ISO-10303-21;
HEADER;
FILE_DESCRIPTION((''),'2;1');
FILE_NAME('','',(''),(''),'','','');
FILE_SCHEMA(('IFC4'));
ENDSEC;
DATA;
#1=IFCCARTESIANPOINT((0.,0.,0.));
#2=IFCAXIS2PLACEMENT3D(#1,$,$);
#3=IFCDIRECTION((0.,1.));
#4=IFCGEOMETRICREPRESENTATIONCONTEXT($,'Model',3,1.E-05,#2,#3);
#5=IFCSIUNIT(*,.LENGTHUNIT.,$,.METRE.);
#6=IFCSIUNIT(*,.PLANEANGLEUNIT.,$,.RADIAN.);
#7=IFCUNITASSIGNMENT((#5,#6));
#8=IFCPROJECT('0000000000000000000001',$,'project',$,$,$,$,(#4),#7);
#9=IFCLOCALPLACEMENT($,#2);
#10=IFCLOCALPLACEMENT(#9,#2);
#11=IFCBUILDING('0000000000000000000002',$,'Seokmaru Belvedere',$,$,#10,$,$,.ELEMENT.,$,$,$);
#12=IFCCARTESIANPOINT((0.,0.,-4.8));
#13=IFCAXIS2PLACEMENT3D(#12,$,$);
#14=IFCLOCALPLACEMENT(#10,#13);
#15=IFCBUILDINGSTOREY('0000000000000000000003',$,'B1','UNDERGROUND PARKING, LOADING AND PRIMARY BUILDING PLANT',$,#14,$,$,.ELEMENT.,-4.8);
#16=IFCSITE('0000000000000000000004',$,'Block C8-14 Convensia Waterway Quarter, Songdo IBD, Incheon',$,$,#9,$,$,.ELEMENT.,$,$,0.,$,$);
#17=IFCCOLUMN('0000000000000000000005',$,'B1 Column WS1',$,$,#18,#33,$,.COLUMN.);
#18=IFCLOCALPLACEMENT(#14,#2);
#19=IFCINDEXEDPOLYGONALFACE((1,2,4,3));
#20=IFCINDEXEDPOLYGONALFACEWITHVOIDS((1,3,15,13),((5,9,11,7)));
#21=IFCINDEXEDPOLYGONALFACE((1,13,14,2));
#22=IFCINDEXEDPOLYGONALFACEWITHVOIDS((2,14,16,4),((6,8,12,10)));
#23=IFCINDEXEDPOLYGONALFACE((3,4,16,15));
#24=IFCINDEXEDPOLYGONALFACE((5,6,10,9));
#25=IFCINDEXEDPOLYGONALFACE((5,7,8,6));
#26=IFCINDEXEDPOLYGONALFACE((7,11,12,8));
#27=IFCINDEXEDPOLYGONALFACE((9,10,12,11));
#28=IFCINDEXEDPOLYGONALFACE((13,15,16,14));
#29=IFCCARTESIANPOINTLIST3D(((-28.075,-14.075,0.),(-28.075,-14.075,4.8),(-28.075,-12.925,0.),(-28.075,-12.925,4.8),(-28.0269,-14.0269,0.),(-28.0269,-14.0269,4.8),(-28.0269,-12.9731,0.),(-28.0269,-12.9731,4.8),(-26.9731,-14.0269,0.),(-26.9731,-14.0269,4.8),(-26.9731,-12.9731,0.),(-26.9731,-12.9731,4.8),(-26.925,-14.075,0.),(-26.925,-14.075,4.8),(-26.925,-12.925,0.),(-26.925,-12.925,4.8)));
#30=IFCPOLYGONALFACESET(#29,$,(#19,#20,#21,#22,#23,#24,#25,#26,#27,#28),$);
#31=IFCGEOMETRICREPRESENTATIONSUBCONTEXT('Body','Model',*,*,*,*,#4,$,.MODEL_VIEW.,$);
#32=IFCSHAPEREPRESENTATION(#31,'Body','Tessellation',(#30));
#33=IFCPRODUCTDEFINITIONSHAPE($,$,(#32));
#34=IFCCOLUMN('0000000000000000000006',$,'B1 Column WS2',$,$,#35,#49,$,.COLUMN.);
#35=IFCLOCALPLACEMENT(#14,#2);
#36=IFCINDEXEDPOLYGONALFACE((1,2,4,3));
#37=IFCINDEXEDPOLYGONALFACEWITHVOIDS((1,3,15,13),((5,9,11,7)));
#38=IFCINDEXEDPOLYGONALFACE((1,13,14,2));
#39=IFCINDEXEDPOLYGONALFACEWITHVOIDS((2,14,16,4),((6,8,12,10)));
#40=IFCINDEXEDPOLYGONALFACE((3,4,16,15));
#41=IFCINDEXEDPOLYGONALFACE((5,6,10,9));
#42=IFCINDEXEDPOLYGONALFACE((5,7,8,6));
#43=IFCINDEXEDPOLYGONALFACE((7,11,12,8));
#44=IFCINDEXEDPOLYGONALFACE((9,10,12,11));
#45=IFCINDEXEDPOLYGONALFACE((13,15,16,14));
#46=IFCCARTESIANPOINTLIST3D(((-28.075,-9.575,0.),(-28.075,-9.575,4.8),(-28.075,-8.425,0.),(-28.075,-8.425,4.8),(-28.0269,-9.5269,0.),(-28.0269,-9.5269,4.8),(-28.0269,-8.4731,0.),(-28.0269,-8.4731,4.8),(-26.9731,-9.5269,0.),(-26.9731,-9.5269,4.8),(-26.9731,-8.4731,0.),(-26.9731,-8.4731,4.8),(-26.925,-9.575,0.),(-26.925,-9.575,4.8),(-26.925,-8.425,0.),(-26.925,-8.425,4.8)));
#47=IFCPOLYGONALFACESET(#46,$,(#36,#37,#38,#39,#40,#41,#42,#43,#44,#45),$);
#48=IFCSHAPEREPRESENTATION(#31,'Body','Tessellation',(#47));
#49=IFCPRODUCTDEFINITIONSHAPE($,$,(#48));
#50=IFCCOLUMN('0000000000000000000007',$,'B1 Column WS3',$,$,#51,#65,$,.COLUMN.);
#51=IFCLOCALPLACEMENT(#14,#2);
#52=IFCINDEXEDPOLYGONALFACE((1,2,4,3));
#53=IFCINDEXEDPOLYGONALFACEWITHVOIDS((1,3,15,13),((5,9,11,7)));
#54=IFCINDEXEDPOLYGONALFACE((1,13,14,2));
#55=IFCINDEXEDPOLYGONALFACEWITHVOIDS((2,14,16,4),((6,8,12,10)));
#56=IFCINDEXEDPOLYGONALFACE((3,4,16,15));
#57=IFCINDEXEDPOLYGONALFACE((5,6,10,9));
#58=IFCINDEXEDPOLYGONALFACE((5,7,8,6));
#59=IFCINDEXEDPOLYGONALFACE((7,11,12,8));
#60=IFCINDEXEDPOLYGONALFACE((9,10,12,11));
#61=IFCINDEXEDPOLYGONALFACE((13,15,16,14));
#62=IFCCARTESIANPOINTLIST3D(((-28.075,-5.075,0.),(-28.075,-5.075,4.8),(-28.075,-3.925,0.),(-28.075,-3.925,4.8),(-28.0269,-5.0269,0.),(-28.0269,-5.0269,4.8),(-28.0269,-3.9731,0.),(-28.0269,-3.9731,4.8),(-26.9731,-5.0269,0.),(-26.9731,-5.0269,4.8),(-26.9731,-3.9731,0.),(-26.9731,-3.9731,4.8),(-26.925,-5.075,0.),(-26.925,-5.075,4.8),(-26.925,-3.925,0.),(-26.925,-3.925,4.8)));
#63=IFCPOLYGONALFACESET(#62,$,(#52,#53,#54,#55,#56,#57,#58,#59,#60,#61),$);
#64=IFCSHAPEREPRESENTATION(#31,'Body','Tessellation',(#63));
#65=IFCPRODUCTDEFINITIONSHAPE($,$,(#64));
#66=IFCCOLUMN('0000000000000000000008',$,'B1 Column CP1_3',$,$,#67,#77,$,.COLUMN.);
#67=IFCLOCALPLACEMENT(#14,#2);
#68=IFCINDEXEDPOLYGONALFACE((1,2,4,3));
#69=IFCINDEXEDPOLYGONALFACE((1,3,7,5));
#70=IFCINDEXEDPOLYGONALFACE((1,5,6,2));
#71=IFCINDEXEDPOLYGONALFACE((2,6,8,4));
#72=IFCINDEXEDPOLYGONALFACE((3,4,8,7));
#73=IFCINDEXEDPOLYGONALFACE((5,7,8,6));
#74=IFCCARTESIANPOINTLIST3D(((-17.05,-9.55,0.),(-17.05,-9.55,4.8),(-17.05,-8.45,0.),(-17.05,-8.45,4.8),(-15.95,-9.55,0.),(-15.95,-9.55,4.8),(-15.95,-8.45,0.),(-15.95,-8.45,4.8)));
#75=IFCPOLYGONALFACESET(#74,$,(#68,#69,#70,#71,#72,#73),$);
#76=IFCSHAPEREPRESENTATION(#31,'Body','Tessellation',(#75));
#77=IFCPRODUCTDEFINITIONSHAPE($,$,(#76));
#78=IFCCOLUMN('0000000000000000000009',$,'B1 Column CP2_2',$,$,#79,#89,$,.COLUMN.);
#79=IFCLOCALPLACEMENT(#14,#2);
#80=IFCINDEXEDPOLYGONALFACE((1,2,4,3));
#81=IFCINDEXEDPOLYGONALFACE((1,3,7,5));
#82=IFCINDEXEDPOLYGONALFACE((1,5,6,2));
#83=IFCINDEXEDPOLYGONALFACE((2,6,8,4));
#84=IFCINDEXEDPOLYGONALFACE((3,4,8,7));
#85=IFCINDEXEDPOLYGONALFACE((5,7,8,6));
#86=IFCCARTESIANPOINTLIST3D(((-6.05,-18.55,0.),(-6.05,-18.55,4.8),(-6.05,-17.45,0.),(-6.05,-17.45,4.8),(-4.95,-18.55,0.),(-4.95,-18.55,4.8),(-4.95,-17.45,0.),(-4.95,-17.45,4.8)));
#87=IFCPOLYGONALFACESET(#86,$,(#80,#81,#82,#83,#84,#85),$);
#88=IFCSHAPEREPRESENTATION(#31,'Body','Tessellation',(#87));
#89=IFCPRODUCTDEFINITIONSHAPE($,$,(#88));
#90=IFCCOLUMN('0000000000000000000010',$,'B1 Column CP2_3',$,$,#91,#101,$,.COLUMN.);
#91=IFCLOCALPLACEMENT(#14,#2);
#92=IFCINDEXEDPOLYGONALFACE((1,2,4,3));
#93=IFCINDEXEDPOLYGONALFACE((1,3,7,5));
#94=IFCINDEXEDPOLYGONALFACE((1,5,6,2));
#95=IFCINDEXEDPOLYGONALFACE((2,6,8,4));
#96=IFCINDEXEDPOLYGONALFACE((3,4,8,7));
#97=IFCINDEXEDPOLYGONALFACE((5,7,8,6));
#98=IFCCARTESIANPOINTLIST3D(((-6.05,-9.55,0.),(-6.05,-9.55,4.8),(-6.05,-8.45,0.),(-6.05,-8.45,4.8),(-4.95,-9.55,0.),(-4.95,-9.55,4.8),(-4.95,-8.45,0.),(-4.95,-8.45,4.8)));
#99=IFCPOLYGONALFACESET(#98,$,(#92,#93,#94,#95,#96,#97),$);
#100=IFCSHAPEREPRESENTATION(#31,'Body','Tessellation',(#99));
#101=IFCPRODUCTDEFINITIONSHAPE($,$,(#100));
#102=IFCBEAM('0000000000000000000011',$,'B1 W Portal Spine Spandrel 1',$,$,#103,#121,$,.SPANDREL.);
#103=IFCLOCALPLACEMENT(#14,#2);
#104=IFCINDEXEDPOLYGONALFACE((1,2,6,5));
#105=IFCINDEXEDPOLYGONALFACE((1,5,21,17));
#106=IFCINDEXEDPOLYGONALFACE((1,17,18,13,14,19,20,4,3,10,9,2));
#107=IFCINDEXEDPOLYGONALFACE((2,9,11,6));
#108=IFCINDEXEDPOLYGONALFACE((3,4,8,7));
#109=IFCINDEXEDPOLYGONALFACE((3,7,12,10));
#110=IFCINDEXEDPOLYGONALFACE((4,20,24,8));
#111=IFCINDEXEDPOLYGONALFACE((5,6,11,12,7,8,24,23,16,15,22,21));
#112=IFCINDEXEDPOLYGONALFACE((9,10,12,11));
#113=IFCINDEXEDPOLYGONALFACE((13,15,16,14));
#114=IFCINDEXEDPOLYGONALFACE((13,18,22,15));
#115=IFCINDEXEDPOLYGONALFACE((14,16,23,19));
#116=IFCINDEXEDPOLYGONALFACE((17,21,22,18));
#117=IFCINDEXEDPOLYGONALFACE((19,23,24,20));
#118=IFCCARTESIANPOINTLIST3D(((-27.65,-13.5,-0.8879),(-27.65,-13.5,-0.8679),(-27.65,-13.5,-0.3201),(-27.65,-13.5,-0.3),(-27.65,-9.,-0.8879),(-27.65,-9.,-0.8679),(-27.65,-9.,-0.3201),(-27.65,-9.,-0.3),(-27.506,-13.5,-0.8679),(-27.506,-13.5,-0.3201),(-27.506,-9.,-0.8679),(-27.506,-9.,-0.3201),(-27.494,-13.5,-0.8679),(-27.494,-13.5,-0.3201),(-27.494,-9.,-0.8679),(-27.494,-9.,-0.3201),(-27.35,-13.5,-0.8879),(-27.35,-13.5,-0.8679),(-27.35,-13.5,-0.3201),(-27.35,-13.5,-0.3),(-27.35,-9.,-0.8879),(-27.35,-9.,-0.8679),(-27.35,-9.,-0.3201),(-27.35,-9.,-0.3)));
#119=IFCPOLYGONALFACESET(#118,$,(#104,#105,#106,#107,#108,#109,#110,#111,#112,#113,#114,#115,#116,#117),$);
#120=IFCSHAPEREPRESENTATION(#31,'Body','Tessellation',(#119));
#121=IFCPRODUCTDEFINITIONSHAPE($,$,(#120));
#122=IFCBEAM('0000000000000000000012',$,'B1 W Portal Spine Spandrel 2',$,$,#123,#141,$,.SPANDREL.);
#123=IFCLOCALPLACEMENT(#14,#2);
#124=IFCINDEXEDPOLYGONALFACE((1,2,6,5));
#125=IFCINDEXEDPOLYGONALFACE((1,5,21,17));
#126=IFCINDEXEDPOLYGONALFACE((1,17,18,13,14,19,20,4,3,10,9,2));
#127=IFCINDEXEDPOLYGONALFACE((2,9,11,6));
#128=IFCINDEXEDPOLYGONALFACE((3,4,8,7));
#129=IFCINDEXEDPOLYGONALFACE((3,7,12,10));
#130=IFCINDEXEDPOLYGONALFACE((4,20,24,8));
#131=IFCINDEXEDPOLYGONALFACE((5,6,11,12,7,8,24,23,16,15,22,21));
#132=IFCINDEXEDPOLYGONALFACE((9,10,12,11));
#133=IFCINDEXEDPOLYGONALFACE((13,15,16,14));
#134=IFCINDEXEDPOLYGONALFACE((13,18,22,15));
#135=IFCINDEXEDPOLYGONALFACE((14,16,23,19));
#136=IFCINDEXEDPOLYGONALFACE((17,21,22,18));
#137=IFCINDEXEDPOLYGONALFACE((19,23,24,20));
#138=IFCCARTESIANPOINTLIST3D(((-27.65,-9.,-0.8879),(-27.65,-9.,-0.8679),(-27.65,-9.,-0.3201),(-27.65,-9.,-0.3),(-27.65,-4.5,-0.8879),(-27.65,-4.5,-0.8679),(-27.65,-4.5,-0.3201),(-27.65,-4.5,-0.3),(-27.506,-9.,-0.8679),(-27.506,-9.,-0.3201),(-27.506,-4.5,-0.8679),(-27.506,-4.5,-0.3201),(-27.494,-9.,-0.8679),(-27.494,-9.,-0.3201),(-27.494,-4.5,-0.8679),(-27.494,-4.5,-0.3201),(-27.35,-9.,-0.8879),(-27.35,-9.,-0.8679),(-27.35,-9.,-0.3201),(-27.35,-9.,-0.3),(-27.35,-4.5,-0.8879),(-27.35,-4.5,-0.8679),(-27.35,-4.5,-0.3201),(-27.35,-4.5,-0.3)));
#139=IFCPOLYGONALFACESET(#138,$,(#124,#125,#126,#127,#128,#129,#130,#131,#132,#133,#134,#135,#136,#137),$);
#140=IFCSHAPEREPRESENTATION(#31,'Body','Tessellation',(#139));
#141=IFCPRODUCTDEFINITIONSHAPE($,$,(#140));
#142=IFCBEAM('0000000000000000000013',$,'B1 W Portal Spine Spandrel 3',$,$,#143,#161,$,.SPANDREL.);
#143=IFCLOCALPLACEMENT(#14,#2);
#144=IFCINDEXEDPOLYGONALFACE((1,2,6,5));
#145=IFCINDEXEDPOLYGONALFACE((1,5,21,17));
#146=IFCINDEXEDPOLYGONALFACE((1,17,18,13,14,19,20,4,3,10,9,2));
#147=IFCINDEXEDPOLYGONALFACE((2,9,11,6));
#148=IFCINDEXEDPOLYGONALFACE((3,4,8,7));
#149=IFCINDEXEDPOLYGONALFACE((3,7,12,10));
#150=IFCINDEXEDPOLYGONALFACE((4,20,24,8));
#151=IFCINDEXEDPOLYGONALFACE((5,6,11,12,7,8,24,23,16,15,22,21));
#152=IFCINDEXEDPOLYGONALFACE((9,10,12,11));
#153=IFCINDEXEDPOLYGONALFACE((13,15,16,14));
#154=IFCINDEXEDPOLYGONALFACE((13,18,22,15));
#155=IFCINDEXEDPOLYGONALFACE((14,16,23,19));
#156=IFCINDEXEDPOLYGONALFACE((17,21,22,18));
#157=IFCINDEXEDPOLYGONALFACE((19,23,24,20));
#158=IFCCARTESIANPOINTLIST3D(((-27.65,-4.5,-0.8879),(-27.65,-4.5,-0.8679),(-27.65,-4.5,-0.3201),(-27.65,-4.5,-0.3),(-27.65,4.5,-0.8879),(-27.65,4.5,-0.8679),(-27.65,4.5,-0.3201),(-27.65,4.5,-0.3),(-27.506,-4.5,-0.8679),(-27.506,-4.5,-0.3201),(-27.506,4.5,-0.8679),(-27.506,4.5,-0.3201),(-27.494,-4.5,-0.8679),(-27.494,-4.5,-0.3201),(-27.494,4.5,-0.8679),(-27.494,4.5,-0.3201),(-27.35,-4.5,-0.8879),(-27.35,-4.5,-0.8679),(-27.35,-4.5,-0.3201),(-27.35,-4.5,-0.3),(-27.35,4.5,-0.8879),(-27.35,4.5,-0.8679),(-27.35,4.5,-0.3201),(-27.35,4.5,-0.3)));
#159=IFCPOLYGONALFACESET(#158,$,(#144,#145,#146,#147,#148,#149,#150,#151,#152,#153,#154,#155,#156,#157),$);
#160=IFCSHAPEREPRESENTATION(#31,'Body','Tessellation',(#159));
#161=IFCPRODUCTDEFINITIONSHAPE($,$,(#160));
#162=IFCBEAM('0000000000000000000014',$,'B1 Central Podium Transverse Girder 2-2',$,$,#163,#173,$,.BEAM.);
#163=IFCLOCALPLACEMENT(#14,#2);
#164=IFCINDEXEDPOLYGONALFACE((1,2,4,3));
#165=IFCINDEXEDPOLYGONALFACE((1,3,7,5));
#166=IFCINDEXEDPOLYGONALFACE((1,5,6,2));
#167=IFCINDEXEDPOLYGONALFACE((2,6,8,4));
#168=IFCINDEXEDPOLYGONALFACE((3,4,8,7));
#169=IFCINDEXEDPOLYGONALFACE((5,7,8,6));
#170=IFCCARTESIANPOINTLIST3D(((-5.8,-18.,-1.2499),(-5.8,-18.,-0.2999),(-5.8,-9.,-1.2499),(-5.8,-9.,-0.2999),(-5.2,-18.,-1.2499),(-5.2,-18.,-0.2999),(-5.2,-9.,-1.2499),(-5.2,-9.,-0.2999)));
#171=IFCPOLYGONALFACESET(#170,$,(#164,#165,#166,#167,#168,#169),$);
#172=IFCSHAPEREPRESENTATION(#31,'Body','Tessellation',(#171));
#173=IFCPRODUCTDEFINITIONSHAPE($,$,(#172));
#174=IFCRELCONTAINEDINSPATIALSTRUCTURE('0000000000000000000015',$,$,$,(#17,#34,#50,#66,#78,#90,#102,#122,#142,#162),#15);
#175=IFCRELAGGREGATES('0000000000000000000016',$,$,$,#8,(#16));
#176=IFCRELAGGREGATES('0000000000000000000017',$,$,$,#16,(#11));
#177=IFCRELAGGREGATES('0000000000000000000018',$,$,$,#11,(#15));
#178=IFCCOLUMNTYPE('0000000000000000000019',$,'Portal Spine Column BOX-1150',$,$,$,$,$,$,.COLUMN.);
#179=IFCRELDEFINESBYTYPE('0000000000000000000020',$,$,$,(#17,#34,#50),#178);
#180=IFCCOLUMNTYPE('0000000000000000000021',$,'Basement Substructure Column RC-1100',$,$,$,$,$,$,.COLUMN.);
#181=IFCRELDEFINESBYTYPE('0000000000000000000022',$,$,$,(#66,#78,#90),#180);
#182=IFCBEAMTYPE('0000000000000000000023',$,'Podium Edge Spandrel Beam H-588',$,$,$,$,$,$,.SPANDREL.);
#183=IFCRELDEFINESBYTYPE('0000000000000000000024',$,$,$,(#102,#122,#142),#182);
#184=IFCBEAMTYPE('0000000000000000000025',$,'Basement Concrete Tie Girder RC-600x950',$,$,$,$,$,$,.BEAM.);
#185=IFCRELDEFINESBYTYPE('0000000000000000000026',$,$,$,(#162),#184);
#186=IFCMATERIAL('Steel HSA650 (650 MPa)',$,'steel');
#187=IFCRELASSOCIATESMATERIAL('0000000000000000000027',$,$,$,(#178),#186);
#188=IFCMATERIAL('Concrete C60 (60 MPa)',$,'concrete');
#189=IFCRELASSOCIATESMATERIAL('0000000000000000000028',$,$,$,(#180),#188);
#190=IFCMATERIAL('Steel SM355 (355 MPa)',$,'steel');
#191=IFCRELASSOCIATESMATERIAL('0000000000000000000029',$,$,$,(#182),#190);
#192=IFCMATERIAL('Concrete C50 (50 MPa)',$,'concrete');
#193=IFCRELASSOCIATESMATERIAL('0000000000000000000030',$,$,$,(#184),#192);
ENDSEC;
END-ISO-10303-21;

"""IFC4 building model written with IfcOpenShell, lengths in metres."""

from ifc_helpers import new_model, si_unit, direction, frame, origin, origin_2d, place, context, subcontext, project, spatial, rectangle, hollow_rectangle, i_section, extrude, source, transform, mapped, material, material_profile, profile_set, type_object, type_shapes, element, save


model = new_model("IFC4")

# Units and contexts
model_context = context("Model", 3, precision=1e-05, world=origin(), true_north=direction((0.0, 1.0)))
body_context = subcontext(model_context, "Body", "Model", "MODEL_VIEW")
ifc_project = project(units=[si_unit("LENGTHUNIT", "METRE"), si_unit("PLANEANGLEUNIT", "RADIAN")], contexts=[model_context])

# Site, building, storey
site_placement = place(None, origin())
site = spatial("IfcSite", under=ifc_project, at=site_placement, Name="Block C8-14 Convensia Waterway Quarter, Songdo IBD, Incheon", CompositionType="ELEMENT", RefElevation=0.0)
building_placement = place(site_placement, origin())
building = spatial("IfcBuilding", under=site, at=building_placement, Name="Seokmaru Belvedere", CompositionType="ELEMENT")
storey_placement = place(building_placement, frame((0.0, 0.0, -4.8)))
storey = spatial("IfcBuildingStorey", under=building, at=storey_placement, Name="B1", Description="UNDERGROUND PARKING, LOADING AND PRIMARY BUILDING PLANT", CompositionType="ELEMENT", Elevation=-4.8)

# Columns
ifc_material_1 = material(Name="Steel HSA650 (650 MPa)", Category="steel")
ifc_material_profile_1 = material_profile(ifc_material_1, hollow_rectangle(XDim=1.1499, YDim=1.1499, WallThickness=0.0481, at=origin_2d()), Name="BOX-1150x1150x48")
ifc_profile_set_1 = profile_set([ifc_material_profile_1], Name="Steel HSA650 (650 MPa)")
column_type_1 = type_object("IfcColumnType", Name="Portal Spine Column BOX-1150", PredefinedType="COLUMN", material=ifc_profile_set_1)
shared_shape_1 = source(origin(), body_context, "Body", "SweptSolid", [
    extrude(hollow_rectangle(XDim=1.1499, YDim=1.1499, WallThickness=0.0481, at=origin_2d()), origin(), (0.0, 0.0, 1.0), 4.8),
])
type_shapes(column_type_1, [shared_shape_1])
for number, where, z_axis, x_axis, name in (
    (1, (-27.5, -13.5, 0.0), (0.0, 0.0, 1.0), (1.0, 0.0, 0.0), "B1 Column WS1"),
    (2, (-27.5, -9.0, 0.0), (0.0, 0.0, 1.0), (1.0, 0.0, 0.0), "B1 Column WS2"),
    (3, (-27.5, -4.5, 0.0), (0.0, 0.0, 1.0), (1.0, 0.0, 0.0), "B1 Column WS3"),
):
    element("IfcColumn", number, at=place(storey_placement, frame(where, z_axis=z_axis, x_axis=x_axis)), inside=storey, type_object=column_type_1, Name=name, PredefinedType="COLUMN", context=body_context, shape_type="MappedRepresentation", body=[
        mapped(shared_shape_1, transform((0.0, 0.0, 0.0), scale=1.0)),
    ])
ifc_material_2 = material(Name="Concrete C60 (60 MPa)", Category="concrete")
ifc_material_profile_2 = material_profile(ifc_material_2, rectangle(XDim=1.1001, YDim=1.1001, at=origin_2d()), Name="RC-1100x1100")
ifc_profile_set_2 = profile_set([ifc_material_profile_2], Name="Concrete C60 (60 MPa)")
column_type_2 = type_object("IfcColumnType", Name="Basement Substructure Column RC-1100", PredefinedType="COLUMN", material=ifc_profile_set_2)
shared_shape_2 = source(origin(), body_context, "Body", "SweptSolid", [
    extrude(rectangle(XDim=1.1001, YDim=1.1001, at=origin_2d()), origin(), (0.0, 0.0, 1.0), 4.8),
])
type_shapes(column_type_2, [shared_shape_2])
for number, where, z_axis, x_axis, name in (
    (4, (-16.5, -9.0, 0.0), (0.0, 0.0, 1.0), (1.0, 0.0, 0.0), "B1 Column CP1_3"),
    (5, (-5.5, -18.0, 0.0), (0.0, 0.0, 1.0), (1.0, 0.0, 0.0), "B1 Column CP2_2"),
    (6, (-5.5, -9.0, 0.0), (0.0, 0.0, 1.0), (1.0, 0.0, 0.0), "B1 Column CP2_3"),
):
    element("IfcColumn", number, at=place(storey_placement, frame(where, z_axis=z_axis, x_axis=x_axis)), inside=storey, type_object=column_type_2, Name=name, PredefinedType="COLUMN", context=body_context, shape_type="MappedRepresentation", body=[
        mapped(shared_shape_2, transform((0.0, 0.0, 0.0), scale=1.0)),
    ])

# Beams
ifc_material_3 = material(Name="Steel SM355 (355 MPa)", Category="steel")
ifc_material_profile_3 = material_profile(ifc_material_3, i_section(OverallWidth=0.3, OverallDepth=0.5879, WebThickness=0.012, FlangeThickness=0.02, at=origin_2d()), Name="H-588x300x12x20")
ifc_profile_set_3 = profile_set([ifc_material_profile_3], Name="Steel SM355 (355 MPa)")
beam_type_1 = type_object("IfcBeamType", Name="Podium Edge Spandrel Beam H-588", PredefinedType="SPANDREL", material=ifc_profile_set_3)
shared_shape_3 = source(origin(), body_context, "Body", "SweptSolid", [
    extrude(i_section(OverallWidth=0.3, OverallDepth=0.5879, WebThickness=0.012, FlangeThickness=0.02, at=origin_2d()), origin(), (0.0, 0.0, 1.0), 4.5),
])
for number, where, z_axis, x_axis, name in (
    (7, (-27.5, -13.5, -0.594), (0.0, 1.0, 0.0), (-1.0, 0.0, 0.0), "B1 W Portal Spine Spandrel 1"),
    (8, (-27.5, -9.0, -0.594), (0.0, 1.0, 0.0), (-1.0, 0.0, 0.0), "B1 W Portal Spine Spandrel 2"),
):
    element("IfcBeam", number, at=place(storey_placement, frame(where, z_axis=z_axis, x_axis=x_axis)), inside=storey, type_object=beam_type_1, Name=name, PredefinedType="SPANDREL", context=body_context, shape_type="MappedRepresentation", body=[
        mapped(shared_shape_3, transform((0.0, 0.0, 0.0), scale=1.0)),
    ])
shared_shape_4 = source(origin(), body_context, "Body", "SweptSolid", [
    extrude(i_section(OverallWidth=0.3, OverallDepth=0.5879, WebThickness=0.012, FlangeThickness=0.02, at=origin_2d()), origin(), (0.0, 0.0, 1.0), 9.0),
])
type_shapes(beam_type_1, [shared_shape_3, shared_shape_4])
beam_1_placement = place(storey_placement, frame((-27.5, -4.5, -0.594), z_axis=(0.0, 1.0, 0.0), x_axis=(-1.0, 0.0, 0.0)))
element("IfcBeam", 9, at=beam_1_placement, inside=storey, type_object=beam_type_1, Name="B1 W Portal Spine Spandrel 3", PredefinedType="SPANDREL", context=body_context, shape_type="MappedRepresentation", body=[
    mapped(shared_shape_4, transform((0.0, 0.0, 0.0), scale=1.0)),
])
ifc_material_4 = material(Name="Concrete C50 (50 MPa)", Category="concrete")
ifc_material_profile_4 = material_profile(ifc_material_4, rectangle(XDim=0.6001, YDim=0.95, at=origin_2d()), Name="RC-600x950")
ifc_profile_set_4 = profile_set([ifc_material_profile_4], Name="Concrete C50 (50 MPa)")
beam_type_2 = type_object("IfcBeamType", Name="Basement Concrete Tie Girder RC-600x950", PredefinedType="BEAM", material=ifc_profile_set_4)
shared_shape_5 = source(origin(), body_context, "Body", "SweptSolid", [
    extrude(rectangle(XDim=0.6001, YDim=0.95, at=origin_2d()), origin(), (0.0, 0.0, 1.0), 9.0),
])
beam_2_placement = place(storey_placement, frame((-5.5, -18.0, -0.7749), z_axis=(0.0, 1.0, 0.0), x_axis=(-1.0, 0.0, 0.0)))
element("IfcBeam", 10, at=beam_2_placement, inside=storey, type_object=beam_type_2, Name="B1 Central Podium Transverse Girder 2-2", PredefinedType="BEAM", context=body_context, shape_type="MappedRepresentation", body=[
    mapped(shared_shape_5, transform((0.0, 0.0, 0.0), scale=1.0)),
])

save(model, "model.ifc")
